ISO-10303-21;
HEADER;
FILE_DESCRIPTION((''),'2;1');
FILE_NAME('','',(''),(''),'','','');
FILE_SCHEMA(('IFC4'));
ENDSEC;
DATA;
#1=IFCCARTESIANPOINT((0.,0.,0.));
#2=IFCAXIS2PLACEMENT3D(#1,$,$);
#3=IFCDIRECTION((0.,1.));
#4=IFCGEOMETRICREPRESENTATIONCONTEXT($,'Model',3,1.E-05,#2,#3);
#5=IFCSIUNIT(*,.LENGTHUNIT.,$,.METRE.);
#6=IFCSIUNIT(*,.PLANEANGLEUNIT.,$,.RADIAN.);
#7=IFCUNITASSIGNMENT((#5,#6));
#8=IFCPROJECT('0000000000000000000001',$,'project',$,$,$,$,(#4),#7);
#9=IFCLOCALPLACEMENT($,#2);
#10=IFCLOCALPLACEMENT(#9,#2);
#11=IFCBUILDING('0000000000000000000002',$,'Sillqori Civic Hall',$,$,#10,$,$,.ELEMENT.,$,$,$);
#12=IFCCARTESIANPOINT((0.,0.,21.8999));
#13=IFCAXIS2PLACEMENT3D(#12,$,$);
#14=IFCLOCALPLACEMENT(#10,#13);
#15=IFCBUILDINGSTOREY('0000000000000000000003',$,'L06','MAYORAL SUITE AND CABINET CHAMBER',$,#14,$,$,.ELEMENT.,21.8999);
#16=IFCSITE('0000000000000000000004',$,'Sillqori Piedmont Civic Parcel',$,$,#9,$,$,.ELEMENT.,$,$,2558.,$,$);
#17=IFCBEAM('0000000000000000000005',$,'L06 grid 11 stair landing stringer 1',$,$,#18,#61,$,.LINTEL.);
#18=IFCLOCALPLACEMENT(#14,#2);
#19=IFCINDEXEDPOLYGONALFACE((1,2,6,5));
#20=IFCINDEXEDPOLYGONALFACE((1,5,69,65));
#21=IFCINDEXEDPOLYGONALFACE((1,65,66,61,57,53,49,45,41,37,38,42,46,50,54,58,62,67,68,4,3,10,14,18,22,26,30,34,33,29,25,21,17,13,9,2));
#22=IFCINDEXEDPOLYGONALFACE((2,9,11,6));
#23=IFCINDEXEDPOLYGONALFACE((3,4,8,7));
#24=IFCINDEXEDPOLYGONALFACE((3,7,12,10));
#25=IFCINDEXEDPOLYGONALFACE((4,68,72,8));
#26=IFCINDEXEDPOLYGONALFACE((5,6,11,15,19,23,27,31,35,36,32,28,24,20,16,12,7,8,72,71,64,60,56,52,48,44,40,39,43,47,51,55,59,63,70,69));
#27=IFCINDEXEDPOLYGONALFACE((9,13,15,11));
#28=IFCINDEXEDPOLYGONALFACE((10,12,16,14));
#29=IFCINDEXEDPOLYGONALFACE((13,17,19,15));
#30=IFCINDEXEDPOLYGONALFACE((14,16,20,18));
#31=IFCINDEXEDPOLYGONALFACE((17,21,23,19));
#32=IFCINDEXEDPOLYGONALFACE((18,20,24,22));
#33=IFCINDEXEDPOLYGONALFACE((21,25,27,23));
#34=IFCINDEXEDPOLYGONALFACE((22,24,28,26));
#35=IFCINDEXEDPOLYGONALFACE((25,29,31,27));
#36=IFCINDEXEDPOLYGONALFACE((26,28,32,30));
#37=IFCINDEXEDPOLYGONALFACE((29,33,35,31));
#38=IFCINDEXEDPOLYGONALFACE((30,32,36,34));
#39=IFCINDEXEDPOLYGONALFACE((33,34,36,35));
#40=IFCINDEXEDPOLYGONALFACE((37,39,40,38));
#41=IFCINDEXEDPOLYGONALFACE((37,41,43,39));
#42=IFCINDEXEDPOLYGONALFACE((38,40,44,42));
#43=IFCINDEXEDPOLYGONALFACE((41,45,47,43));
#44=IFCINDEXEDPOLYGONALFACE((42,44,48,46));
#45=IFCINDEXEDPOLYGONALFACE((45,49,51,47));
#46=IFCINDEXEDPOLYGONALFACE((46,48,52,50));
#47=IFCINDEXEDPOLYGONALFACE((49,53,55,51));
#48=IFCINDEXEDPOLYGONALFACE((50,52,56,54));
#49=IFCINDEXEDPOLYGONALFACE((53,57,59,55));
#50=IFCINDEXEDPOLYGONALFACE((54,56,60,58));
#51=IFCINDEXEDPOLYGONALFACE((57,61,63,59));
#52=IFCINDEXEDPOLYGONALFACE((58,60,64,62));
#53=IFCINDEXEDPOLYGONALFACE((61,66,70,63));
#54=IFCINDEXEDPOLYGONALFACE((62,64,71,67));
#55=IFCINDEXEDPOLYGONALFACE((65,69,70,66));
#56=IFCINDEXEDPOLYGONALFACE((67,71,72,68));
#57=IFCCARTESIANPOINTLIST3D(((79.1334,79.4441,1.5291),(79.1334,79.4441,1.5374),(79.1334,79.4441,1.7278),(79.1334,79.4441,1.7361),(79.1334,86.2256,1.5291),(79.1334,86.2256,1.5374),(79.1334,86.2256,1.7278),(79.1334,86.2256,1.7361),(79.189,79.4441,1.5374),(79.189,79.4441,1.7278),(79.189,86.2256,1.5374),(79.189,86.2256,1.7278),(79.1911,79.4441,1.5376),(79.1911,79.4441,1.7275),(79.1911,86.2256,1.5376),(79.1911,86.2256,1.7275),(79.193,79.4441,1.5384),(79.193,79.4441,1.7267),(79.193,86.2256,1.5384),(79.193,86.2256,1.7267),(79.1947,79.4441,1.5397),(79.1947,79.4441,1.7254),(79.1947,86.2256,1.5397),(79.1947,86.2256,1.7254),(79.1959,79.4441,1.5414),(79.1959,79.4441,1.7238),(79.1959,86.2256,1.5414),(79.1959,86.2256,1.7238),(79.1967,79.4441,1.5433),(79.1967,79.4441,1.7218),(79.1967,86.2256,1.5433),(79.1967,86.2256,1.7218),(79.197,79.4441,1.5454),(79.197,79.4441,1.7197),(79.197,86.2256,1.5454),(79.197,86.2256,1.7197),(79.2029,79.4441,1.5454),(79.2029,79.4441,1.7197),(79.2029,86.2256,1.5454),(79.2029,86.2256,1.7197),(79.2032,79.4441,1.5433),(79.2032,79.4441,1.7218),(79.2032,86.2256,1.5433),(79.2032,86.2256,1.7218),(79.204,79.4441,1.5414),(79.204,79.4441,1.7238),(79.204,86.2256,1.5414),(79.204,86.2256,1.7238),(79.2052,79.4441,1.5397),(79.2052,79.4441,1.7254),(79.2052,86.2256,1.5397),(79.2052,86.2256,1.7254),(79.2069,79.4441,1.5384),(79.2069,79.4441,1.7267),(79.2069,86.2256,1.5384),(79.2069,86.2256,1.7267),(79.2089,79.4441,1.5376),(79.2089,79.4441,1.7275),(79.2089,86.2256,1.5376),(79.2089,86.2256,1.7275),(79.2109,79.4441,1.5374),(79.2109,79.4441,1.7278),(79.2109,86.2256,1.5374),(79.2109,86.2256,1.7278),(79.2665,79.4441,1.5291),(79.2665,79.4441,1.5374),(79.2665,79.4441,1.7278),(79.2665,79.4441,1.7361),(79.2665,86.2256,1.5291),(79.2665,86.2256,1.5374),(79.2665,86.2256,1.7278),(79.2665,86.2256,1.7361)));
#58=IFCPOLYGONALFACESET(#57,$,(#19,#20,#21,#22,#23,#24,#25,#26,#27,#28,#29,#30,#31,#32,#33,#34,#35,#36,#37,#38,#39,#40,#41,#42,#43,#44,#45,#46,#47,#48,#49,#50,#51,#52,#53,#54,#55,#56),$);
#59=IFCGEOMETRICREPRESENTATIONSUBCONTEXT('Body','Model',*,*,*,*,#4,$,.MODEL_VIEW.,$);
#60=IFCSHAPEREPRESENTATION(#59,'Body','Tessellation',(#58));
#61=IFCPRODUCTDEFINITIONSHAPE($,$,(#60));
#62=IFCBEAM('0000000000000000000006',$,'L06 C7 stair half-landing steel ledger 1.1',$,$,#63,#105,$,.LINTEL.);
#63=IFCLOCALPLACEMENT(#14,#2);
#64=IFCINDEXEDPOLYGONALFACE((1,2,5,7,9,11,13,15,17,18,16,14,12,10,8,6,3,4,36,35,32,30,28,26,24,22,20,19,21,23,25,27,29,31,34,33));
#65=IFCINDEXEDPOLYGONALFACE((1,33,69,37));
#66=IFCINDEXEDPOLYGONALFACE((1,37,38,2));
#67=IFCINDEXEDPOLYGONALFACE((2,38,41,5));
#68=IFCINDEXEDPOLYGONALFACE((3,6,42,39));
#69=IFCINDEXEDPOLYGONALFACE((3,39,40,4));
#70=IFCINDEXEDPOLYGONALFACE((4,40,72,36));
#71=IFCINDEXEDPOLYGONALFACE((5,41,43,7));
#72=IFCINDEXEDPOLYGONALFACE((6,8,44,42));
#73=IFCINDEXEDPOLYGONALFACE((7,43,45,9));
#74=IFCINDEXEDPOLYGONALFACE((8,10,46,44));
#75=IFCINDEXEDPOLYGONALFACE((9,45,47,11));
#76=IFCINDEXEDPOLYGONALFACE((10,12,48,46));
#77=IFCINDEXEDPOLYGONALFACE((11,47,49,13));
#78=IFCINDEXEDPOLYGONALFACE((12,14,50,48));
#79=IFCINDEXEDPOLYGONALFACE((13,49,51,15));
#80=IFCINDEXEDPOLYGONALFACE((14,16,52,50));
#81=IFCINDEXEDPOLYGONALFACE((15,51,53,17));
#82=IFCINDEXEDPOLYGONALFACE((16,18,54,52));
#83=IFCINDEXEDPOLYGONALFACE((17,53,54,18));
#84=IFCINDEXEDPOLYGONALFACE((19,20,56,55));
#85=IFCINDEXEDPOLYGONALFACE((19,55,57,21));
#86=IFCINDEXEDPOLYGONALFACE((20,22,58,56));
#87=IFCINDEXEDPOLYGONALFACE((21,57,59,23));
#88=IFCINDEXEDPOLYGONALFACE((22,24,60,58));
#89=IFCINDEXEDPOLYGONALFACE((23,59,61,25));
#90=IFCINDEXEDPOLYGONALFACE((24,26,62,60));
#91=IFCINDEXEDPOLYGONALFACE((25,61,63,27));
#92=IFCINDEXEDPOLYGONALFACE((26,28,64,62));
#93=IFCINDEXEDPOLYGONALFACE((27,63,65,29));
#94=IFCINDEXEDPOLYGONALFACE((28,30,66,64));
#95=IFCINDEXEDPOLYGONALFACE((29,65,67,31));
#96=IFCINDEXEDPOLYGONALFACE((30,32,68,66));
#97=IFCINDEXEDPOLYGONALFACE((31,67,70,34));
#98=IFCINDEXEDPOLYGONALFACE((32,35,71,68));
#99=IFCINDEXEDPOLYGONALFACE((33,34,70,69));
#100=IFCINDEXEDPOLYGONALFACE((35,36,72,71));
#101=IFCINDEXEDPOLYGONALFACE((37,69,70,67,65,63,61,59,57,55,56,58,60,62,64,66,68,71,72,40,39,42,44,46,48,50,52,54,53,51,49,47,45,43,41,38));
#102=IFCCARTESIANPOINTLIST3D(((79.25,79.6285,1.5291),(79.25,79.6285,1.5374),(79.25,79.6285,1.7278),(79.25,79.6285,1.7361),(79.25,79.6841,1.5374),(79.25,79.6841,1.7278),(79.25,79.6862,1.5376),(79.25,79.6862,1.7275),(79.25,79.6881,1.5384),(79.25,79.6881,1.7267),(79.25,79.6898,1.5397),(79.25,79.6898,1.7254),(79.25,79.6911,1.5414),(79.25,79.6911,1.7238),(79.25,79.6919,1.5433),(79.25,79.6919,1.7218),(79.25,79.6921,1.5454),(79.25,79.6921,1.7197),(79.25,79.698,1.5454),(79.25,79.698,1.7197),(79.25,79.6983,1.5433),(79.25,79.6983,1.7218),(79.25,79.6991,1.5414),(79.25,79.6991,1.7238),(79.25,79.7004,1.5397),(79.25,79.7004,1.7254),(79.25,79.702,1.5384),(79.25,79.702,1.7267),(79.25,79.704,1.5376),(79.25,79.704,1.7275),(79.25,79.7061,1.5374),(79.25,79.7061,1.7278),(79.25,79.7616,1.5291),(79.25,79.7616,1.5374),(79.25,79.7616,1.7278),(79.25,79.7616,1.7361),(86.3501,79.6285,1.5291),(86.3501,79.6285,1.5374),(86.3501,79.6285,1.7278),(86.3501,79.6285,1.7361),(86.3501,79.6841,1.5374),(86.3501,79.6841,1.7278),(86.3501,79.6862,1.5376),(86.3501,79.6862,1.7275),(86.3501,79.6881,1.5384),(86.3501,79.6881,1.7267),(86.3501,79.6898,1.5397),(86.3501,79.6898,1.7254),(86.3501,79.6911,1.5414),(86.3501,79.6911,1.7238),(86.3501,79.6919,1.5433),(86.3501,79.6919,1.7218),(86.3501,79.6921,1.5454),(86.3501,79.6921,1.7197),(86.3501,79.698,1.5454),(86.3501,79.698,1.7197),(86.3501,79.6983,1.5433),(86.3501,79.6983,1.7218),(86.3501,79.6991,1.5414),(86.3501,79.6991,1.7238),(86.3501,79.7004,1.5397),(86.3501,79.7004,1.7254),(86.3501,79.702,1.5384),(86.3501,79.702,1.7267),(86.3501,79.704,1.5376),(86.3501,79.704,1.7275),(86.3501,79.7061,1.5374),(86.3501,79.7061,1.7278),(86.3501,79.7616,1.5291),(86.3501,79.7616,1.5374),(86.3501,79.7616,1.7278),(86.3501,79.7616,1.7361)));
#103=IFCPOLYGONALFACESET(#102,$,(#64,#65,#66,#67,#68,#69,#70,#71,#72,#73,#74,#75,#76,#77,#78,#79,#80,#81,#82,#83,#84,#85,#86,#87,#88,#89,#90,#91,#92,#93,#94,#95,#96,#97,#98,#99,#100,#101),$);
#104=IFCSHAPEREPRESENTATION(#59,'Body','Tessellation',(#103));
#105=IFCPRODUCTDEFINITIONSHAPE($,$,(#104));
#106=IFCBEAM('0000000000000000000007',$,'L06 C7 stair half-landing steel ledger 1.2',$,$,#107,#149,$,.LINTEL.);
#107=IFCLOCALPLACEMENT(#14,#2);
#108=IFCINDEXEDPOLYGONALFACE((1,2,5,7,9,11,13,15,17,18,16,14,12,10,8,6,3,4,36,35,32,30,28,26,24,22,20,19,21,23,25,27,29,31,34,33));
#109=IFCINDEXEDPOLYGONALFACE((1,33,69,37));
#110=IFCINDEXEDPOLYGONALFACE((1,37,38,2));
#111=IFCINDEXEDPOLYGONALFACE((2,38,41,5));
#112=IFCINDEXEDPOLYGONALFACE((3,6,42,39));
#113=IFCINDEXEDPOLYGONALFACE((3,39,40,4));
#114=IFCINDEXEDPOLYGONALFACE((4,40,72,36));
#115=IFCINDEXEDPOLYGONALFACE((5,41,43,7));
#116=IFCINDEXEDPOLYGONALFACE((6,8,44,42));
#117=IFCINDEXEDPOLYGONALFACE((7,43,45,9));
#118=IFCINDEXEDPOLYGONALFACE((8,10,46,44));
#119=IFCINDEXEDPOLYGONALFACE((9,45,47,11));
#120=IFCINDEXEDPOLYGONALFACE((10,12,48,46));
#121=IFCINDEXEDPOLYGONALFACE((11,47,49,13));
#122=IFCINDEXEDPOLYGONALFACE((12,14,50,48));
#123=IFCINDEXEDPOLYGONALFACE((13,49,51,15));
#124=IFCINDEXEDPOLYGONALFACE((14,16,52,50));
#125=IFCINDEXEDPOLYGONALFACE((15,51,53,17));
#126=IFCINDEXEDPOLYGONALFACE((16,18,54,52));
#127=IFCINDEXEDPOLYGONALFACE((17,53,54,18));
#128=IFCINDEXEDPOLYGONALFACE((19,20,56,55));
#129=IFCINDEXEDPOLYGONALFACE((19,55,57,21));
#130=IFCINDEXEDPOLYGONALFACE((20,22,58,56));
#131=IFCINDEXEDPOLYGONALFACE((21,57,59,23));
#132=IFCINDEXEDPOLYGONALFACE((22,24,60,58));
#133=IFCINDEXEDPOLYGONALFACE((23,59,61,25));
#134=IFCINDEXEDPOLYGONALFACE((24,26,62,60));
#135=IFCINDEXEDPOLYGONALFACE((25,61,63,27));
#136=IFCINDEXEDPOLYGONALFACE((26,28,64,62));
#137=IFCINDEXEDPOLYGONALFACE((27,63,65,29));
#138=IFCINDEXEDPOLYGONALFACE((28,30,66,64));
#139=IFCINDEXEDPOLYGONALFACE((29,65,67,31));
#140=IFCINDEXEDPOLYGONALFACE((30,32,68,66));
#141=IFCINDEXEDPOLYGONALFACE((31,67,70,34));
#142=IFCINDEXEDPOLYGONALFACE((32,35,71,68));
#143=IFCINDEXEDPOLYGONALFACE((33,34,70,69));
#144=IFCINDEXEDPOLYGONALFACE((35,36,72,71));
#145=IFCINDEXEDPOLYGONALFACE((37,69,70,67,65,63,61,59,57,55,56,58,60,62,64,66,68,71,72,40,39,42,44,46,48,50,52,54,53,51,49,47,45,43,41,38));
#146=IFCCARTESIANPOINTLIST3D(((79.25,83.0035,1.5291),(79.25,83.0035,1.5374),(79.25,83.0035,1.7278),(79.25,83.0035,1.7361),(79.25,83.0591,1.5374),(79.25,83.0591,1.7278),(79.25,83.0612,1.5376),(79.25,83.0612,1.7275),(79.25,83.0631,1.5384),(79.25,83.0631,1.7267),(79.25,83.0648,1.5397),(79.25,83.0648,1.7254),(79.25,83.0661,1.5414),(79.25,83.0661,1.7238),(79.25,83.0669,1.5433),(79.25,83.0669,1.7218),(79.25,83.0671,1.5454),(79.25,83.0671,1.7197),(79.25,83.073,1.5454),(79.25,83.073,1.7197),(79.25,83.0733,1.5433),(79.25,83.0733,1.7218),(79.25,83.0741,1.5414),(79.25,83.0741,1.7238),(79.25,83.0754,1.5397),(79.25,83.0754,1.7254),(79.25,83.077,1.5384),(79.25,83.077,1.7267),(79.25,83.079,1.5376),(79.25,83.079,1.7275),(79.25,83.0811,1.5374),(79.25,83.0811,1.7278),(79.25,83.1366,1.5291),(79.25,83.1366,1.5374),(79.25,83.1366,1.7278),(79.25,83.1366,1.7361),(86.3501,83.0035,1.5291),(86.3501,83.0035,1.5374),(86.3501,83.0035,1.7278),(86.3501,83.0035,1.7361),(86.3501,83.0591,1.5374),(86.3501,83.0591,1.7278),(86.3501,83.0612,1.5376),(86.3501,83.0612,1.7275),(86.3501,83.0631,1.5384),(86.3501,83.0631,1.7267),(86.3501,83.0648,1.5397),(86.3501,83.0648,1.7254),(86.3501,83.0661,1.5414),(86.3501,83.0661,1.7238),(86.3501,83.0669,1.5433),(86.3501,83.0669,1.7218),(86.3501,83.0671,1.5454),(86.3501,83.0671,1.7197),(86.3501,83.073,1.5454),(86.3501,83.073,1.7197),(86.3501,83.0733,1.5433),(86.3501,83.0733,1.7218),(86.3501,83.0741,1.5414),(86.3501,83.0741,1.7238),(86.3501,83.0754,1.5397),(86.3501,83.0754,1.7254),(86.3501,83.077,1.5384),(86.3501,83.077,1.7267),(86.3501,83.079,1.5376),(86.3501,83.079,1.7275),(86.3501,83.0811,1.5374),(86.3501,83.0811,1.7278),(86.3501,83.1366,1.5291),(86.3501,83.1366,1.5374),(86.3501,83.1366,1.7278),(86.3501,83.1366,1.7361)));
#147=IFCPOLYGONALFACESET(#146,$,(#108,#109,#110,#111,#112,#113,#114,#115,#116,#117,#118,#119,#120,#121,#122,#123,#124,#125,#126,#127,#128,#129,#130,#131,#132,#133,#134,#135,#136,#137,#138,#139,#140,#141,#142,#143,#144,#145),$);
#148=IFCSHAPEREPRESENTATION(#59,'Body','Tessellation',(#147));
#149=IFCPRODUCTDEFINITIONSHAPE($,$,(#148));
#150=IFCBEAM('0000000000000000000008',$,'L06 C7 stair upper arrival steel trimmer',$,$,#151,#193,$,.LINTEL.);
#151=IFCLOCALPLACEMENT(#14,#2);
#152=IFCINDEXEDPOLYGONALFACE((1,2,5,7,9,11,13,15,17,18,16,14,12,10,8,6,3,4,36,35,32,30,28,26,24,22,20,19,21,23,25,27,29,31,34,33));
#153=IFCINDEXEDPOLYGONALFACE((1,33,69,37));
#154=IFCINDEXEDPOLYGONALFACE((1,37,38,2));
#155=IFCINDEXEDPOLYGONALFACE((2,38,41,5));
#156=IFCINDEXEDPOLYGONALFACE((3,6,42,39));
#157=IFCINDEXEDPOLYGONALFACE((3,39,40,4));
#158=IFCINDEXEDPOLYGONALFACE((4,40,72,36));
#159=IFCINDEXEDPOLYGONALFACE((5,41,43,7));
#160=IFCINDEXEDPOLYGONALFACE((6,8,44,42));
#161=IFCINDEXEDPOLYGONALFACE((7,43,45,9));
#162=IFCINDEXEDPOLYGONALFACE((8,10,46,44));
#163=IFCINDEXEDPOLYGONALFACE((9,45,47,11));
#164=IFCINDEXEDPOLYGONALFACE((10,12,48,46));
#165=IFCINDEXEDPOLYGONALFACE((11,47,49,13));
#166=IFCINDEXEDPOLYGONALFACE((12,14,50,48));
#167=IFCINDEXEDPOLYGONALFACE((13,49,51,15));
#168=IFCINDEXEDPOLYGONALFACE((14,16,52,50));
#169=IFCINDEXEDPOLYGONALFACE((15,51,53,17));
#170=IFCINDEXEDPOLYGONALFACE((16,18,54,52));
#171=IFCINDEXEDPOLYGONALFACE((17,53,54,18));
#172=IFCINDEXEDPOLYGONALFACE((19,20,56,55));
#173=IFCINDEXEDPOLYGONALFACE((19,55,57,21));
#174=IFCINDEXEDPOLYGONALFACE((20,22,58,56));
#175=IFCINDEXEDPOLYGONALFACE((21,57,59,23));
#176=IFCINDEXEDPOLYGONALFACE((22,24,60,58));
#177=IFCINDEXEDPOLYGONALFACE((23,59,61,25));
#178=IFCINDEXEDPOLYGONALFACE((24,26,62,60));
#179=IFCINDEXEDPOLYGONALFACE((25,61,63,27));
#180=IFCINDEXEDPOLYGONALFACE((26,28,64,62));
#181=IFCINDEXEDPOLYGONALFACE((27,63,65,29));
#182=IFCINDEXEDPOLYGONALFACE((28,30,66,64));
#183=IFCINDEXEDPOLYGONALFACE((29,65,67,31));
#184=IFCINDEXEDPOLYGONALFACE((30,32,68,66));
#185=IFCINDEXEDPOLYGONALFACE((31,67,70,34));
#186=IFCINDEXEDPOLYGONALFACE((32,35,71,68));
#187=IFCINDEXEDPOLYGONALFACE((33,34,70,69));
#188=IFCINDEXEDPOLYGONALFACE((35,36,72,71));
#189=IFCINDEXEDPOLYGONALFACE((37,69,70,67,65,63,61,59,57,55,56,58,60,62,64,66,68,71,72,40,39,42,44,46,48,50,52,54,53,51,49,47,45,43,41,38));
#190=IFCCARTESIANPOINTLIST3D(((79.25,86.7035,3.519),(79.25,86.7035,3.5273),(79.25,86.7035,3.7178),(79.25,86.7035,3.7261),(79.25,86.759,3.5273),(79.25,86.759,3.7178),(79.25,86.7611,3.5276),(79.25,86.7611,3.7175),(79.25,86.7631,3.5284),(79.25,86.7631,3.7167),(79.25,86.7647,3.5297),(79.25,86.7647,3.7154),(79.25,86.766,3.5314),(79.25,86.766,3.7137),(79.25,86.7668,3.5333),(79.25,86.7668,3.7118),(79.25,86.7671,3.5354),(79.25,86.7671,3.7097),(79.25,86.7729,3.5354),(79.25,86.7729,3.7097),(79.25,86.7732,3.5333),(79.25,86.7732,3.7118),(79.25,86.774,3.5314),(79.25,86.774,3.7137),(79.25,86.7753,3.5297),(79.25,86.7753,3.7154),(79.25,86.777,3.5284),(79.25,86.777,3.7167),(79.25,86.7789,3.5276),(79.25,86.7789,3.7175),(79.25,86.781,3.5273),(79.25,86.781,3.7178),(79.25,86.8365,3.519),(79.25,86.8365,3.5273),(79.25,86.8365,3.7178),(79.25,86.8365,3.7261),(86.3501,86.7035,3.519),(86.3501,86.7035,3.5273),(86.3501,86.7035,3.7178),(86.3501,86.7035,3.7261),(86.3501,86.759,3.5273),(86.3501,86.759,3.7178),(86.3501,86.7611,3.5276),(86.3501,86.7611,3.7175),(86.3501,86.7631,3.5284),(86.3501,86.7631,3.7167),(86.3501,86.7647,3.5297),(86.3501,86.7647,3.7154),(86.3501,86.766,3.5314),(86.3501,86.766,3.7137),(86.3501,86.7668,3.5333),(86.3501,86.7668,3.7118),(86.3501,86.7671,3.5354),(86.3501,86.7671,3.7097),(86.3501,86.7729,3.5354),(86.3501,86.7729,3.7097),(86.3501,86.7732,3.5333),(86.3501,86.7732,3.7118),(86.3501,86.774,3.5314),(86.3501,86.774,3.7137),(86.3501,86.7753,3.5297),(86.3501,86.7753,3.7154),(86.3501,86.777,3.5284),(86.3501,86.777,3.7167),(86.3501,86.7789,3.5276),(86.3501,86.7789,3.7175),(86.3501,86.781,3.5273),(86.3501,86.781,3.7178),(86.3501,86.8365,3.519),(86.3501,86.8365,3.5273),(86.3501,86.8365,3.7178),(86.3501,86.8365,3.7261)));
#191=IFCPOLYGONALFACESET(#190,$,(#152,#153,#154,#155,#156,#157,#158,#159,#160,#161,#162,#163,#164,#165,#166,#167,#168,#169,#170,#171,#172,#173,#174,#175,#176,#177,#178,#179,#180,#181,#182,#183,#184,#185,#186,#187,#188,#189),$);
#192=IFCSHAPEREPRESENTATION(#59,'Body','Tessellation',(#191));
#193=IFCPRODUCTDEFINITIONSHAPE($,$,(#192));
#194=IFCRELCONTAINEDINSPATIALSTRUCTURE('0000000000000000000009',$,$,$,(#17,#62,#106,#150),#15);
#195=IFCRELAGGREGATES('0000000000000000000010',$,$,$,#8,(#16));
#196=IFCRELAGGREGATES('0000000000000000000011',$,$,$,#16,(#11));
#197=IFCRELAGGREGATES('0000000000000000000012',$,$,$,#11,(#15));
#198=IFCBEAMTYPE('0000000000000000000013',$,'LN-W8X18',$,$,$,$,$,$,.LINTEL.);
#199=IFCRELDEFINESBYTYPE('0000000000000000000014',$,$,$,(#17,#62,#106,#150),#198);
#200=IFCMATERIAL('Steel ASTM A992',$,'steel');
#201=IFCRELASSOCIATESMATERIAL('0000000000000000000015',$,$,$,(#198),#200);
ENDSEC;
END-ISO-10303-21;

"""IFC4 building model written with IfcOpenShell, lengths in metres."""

from ifc_helpers import new_model, si_unit, direction, frame, origin, origin_2d, place, context, subcontext, project, spatial, i_section, extrude, material, material_profile, profile_set, type_object, element, save


model = new_model("IFC4")

# Units and contexts
model_context = context("Model", 3, precision=1e-05, world=origin(), true_north=direction((0.0, 1.0)))
body_context = subcontext(model_context, "Body", "Model", "MODEL_VIEW")
ifc_project = project(units=[si_unit("LENGTHUNIT", "METRE"), si_unit("PLANEANGLEUNIT", "RADIAN")], contexts=[model_context])

# Site, building, storey
site_placement = place(None, origin())
site = spatial("IfcSite", under=ifc_project, at=site_placement, Name="Sillqori Piedmont Civic Parcel", CompositionType="ELEMENT", RefElevation=2558.0)
building_placement = place(site_placement, origin())
building = spatial("IfcBuilding", under=site, at=building_placement, Name="Sillqori Civic Hall", CompositionType="ELEMENT")
storey_placement = place(building_placement, frame((0.0, 0.0, 21.8999)))
storey = spatial("IfcBuildingStorey", under=building, at=storey_placement, Name="L06", Description="MAYORAL SUITE AND CABINET CHAMBER", CompositionType="ELEMENT", Elevation=21.8999)

# Shared definitions
ifc_material_1 = material(Name="Steel ASTM A992", Category="steel")

# Beams
ifc_material_profile_1 = material_profile(ifc_material_1, i_section(OverallWidth=0.1331, OverallDepth=0.207, WebThickness=0.0059, FlangeThickness=0.0083, FilletRadius=0.0081, at=origin_2d()), Name="W8X18")
ifc_profile_set_1 = profile_set([ifc_material_profile_1], Name="Steel ASTM A992")
beam_type_1 = type_object("IfcBeamType", Name="LN-W8X18", PredefinedType="LINTEL", material=ifc_profile_set_1)
beam_placement = place(storey_placement, frame((79.2, 79.4441, 1.6326), z_axis=(0.0, 1.0, 0.0), x_axis=(-1.0, 0.0, 0.0)))
element("IfcBeam", 1, at=beam_placement, inside=storey, type_object=beam_type_1, Name="L06 grid 11 stair landing stringer 1", PredefinedType="LINTEL", context=body_context, shape_type="SweptSolid", body=[
    extrude(i_section(OverallWidth=0.1331, OverallDepth=0.207, WebThickness=0.0059, FlangeThickness=0.0083, FilletRadius=0.0081, at=origin_2d()), origin(), (0.0, 0.0, 1.0), 6.7815),
])
for number, where, z_axis, x_axis, name in (
    (2, (79.25, 79.6951, 1.6326), (1.0, 0.0, 0.0), (0.0, 1.0, 0.0), "L06 C7 stair half-landing steel ledger 1.1"),
    (3, (79.25, 83.0701, 1.6326), (1.0, 0.0, 0.0), (0.0, 1.0, 0.0), "L06 C7 stair half-landing steel ledger 1.2"),
    (4, (79.25, 86.77, 3.6226), (1.0, 0.0, 0.0), (0.0, 1.0, 0.0), "L06 C7 stair upper arrival steel trimmer"),
):
    element("IfcBeam", number, at=place(storey_placement, frame(where, z_axis=z_axis, x_axis=x_axis)), inside=storey, type_object=beam_type_1, Name=name, PredefinedType="LINTEL", context=body_context, shape_type="SweptSolid", body=[
        extrude(i_section(OverallWidth=0.1331, OverallDepth=0.207, WebThickness=0.0059, FlangeThickness=0.0083, FilletRadius=0.0081, at=origin_2d()), origin(), (0.0, 0.0, 1.0), 7.1001),
    ])

save(model, "model.ifc")
